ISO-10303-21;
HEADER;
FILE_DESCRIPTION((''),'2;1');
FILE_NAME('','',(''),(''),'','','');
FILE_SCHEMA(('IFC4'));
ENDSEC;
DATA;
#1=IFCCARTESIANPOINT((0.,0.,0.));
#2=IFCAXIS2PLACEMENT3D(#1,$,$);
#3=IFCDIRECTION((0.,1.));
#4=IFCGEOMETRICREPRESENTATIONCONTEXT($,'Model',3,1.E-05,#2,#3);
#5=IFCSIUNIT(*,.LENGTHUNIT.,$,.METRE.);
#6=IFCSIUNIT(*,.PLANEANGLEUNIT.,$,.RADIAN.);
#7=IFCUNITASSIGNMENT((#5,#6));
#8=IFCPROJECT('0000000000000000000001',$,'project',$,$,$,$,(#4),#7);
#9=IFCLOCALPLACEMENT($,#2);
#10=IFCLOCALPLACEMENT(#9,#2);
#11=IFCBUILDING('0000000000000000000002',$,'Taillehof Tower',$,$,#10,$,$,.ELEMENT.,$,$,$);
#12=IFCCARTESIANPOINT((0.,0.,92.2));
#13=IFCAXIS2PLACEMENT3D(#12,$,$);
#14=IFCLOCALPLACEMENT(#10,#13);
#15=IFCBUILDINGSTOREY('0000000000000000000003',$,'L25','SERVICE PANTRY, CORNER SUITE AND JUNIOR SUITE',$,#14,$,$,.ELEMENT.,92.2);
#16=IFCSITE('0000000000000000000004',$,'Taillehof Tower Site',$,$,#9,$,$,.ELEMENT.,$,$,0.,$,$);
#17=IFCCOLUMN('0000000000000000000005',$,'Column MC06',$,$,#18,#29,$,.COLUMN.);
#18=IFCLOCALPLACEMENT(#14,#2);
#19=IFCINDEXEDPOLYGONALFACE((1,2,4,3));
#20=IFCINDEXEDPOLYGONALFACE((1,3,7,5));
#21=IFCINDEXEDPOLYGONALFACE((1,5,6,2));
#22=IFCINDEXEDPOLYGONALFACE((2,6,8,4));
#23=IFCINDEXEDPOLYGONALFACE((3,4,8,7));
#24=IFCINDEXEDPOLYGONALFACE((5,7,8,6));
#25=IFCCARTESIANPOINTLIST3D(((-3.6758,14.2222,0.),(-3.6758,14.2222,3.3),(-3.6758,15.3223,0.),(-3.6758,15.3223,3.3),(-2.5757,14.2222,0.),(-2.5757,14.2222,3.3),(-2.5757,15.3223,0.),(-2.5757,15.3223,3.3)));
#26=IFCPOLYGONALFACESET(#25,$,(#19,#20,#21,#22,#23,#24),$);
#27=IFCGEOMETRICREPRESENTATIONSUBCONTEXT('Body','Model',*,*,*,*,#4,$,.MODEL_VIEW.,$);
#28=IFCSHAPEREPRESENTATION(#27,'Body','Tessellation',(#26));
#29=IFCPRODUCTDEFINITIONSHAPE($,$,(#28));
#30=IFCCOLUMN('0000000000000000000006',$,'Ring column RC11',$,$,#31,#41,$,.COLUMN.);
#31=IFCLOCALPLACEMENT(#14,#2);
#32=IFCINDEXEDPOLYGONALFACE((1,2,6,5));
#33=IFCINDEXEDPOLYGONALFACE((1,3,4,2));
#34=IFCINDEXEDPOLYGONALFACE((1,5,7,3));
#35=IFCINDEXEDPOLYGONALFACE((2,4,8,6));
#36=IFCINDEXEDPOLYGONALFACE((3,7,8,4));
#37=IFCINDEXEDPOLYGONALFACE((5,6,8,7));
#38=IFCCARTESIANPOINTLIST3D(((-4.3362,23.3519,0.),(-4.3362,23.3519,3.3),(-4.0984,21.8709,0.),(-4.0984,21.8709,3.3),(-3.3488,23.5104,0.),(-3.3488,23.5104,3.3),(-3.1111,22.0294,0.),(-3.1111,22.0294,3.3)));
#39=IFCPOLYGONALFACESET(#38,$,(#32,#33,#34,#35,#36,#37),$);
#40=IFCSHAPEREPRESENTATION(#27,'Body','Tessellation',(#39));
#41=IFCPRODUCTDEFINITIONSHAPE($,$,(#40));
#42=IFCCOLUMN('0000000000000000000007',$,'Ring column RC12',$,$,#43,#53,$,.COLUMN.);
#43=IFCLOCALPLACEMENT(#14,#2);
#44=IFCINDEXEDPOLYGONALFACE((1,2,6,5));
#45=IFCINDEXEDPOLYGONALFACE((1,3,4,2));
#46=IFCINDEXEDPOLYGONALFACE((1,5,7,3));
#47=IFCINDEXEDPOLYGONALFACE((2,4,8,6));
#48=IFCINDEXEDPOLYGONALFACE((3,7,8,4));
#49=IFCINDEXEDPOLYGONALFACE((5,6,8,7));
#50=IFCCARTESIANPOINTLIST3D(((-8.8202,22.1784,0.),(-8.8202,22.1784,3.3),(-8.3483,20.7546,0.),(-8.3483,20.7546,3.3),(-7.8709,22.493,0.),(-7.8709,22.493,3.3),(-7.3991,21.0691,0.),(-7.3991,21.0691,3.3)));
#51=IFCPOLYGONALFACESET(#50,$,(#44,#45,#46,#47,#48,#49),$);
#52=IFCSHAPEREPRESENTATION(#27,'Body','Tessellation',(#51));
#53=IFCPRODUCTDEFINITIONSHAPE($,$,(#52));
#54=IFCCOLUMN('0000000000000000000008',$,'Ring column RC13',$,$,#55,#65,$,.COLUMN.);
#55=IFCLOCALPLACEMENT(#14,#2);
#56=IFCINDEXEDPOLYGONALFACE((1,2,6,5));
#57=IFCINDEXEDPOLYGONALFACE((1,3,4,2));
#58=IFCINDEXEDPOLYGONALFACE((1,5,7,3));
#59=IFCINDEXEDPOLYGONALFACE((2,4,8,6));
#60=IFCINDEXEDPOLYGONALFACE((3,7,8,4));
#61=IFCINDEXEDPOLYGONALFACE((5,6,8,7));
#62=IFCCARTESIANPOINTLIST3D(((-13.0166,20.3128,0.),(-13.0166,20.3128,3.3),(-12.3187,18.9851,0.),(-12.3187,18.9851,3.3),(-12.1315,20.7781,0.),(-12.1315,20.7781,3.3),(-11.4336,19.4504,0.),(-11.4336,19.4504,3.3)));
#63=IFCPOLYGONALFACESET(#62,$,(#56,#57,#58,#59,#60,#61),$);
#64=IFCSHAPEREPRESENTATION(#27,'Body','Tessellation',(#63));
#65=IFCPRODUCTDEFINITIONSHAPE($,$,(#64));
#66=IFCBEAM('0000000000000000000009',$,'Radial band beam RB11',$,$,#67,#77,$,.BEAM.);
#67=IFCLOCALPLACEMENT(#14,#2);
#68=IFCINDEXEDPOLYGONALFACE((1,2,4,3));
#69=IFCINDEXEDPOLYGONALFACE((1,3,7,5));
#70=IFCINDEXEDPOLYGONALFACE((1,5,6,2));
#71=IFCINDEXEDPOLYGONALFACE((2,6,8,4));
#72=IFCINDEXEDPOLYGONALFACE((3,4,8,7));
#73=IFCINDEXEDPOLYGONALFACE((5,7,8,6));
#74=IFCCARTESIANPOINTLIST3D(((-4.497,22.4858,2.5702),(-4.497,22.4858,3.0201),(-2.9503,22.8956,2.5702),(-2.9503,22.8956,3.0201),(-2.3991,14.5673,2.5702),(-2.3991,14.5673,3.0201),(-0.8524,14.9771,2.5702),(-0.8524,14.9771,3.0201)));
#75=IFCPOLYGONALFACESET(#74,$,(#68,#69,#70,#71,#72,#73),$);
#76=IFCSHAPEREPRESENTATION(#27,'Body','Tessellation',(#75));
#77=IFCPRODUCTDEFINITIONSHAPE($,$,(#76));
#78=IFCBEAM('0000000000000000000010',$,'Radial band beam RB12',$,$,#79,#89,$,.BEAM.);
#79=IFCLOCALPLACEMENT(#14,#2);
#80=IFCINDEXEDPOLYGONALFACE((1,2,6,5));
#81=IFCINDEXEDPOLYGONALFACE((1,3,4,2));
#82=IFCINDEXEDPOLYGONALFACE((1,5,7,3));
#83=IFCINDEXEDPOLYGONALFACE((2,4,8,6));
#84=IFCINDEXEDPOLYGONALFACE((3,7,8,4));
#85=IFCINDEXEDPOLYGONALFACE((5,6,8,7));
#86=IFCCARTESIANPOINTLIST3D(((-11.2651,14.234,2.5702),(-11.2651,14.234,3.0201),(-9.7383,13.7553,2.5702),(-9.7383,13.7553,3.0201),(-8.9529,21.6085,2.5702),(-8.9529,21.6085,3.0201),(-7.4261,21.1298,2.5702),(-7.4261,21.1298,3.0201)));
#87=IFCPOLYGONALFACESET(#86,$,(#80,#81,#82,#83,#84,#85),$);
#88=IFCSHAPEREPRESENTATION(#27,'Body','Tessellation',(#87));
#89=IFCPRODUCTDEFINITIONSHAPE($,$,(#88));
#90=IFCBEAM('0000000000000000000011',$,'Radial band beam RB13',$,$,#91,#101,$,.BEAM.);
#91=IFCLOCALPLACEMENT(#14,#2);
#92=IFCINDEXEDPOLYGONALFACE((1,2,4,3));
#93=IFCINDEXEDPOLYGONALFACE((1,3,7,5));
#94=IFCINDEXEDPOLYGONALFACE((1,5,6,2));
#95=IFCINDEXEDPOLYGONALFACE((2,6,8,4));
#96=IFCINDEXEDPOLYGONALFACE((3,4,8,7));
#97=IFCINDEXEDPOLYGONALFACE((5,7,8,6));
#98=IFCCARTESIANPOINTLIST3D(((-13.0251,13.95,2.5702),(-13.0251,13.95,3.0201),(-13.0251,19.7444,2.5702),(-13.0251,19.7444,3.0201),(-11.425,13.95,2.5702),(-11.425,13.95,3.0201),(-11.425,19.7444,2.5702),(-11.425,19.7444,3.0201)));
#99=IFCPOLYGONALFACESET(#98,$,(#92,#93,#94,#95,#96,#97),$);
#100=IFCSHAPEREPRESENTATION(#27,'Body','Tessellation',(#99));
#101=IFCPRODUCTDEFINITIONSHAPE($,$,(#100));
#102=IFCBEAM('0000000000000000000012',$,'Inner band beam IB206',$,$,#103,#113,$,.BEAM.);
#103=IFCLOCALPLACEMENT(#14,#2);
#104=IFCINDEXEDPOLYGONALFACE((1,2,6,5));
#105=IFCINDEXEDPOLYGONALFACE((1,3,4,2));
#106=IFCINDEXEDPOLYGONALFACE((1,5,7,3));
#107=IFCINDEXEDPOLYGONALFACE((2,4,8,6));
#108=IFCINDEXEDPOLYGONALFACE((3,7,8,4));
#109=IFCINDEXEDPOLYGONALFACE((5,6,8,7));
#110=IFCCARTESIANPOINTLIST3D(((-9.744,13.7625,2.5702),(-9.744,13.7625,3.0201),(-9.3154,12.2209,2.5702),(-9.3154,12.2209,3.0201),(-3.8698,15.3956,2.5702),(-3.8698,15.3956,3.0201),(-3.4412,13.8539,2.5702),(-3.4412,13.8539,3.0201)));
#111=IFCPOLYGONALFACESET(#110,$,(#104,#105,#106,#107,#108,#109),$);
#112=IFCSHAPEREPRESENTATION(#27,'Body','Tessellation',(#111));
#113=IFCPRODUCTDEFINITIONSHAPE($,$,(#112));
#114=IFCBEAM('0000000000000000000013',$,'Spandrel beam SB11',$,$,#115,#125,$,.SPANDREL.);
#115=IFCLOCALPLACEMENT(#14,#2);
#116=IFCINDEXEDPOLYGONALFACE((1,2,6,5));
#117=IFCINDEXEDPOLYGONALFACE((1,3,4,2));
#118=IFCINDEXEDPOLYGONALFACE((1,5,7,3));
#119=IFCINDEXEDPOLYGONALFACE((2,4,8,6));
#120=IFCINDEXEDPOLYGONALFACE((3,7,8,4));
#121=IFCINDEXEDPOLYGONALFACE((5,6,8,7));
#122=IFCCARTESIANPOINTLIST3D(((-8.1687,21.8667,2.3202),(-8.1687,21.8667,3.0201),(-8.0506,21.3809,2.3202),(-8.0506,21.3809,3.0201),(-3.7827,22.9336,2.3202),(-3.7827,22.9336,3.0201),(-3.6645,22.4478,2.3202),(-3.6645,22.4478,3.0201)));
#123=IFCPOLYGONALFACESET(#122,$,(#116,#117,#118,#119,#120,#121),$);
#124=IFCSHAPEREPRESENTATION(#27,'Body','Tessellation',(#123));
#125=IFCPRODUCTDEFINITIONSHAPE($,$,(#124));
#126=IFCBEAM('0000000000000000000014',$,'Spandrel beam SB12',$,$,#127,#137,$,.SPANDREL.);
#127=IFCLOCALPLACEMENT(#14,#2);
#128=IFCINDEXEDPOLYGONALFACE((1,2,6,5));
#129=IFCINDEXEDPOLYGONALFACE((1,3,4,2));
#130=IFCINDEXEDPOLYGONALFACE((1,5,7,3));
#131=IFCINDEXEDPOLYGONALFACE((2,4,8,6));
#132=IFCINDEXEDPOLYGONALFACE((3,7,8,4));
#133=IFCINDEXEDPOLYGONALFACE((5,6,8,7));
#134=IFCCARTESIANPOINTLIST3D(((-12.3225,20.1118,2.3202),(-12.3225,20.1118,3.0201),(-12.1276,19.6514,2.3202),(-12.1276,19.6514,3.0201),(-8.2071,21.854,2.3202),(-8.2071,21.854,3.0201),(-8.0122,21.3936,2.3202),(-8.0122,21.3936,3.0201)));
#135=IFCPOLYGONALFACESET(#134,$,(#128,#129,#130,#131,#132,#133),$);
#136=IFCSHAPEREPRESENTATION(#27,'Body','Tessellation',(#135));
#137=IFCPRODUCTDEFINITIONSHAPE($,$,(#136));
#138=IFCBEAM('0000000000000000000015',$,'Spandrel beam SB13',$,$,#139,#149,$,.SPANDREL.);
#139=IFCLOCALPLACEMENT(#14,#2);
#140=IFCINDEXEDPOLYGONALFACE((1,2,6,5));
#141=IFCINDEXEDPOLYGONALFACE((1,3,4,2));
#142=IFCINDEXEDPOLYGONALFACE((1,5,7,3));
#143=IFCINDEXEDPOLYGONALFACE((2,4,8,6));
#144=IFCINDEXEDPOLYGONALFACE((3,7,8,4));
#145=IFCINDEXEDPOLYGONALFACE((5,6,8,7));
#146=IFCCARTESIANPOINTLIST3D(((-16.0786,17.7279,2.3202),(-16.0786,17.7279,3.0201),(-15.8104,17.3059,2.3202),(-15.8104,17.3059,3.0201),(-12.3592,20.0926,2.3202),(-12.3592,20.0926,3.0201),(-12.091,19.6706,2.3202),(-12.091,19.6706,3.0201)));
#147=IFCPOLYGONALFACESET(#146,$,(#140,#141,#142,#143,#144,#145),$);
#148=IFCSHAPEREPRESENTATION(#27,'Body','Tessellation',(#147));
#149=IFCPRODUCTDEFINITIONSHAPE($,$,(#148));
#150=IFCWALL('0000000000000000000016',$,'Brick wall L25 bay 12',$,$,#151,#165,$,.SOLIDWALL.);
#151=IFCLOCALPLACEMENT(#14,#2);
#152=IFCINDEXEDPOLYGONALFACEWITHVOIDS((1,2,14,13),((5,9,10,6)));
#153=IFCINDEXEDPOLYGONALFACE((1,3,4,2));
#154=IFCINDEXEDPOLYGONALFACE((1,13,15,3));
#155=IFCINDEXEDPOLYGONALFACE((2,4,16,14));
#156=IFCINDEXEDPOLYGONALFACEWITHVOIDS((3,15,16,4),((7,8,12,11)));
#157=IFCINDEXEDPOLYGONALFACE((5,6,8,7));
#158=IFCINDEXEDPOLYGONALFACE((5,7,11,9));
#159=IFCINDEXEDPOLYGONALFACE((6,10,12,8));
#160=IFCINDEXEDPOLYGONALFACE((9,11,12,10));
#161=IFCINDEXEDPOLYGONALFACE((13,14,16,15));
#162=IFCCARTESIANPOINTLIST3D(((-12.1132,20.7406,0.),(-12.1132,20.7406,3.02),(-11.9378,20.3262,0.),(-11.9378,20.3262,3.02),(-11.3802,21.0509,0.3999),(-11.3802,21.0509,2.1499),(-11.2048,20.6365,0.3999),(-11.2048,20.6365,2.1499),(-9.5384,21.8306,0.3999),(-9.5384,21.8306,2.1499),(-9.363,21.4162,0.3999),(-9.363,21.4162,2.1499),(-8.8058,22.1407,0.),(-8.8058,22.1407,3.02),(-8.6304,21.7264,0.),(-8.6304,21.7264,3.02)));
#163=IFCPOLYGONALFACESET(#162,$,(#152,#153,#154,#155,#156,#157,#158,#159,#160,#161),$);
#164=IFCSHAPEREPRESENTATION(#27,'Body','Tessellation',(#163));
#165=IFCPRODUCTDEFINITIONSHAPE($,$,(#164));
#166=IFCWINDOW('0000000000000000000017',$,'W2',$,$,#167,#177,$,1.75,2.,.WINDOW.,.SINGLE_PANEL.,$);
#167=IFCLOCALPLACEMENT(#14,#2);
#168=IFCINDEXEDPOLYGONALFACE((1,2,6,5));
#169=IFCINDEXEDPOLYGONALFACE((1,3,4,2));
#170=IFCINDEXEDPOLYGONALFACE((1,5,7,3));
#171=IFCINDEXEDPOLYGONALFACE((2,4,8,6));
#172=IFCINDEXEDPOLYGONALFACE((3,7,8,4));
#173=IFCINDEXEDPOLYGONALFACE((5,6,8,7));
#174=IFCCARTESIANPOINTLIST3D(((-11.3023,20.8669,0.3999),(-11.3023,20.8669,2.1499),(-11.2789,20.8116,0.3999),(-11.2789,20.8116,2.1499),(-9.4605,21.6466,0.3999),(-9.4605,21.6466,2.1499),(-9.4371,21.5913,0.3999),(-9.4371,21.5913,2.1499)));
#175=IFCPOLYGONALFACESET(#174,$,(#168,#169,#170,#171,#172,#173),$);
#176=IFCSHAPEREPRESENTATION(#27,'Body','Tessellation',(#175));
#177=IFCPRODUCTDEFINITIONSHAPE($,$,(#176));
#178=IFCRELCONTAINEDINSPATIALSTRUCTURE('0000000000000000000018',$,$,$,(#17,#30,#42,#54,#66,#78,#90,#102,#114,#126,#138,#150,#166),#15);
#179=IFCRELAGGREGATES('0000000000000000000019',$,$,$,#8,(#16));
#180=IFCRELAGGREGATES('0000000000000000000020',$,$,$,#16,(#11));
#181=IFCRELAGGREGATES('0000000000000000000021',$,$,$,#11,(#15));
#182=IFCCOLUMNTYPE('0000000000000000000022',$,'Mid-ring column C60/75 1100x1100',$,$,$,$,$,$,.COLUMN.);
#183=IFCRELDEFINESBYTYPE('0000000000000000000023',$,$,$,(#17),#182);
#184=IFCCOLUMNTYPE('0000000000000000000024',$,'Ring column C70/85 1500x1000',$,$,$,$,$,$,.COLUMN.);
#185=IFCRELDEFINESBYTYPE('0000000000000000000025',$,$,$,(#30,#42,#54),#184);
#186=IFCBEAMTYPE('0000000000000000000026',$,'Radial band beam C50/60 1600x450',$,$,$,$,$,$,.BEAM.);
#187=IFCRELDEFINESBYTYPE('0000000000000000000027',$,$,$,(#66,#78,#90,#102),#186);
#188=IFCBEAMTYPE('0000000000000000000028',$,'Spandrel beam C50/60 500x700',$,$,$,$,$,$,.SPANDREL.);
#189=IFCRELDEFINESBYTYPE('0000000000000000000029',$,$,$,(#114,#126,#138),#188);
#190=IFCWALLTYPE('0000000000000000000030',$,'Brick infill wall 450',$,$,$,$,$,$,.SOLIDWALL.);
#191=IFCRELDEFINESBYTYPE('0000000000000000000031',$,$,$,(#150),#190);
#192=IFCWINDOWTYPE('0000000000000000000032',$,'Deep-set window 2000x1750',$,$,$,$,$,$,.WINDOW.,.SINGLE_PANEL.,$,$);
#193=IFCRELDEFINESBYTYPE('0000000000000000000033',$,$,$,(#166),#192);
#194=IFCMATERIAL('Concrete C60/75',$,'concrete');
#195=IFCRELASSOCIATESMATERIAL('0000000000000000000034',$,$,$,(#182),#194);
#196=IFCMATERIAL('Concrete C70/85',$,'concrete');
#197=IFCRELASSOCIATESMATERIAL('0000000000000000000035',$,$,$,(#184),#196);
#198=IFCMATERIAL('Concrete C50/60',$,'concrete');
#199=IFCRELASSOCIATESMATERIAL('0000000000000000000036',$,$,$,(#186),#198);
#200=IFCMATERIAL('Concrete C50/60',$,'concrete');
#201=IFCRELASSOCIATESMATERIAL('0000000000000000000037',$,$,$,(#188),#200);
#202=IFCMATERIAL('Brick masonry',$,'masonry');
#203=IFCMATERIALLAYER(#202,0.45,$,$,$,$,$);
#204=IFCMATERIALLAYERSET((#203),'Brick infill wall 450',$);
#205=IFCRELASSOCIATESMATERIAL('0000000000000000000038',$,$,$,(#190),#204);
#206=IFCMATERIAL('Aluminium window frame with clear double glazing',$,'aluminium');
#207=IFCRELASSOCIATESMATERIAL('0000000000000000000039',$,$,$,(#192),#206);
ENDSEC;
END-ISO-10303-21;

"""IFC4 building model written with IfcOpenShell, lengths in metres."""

from ifc_helpers import new_model, si_unit, direction, frame, frame_2d, origin, origin_2d, place, context, subcontext, project, spatial, rectangle, extrude, material, layer, layer_set, material_profile, profile_set, type_object, element, fill, save


model = new_model("IFC4")

# Units and contexts
model_context = context("Model", 3, precision=1e-05, world=origin(), true_north=direction((0.0, 1.0)))
body_context = subcontext(model_context, "Body", "Model", "MODEL_VIEW")
ifc_project = project(units=[si_unit("LENGTHUNIT", "METRE"), si_unit("PLANEANGLEUNIT", "RADIAN")], contexts=[model_context])

# Site, building, storey
site_placement = place(None, origin())
site = spatial("IfcSite", under=ifc_project, at=site_placement, Name="Taillehof Tower Site", CompositionType="ELEMENT", RefElevation=0.0)
building_placement = place(site_placement, origin())
building = spatial("IfcBuilding", under=site, at=building_placement, Name="Taillehof Tower", CompositionType="ELEMENT")
storey_placement = place(building_placement, frame((0.0, 0.0, 92.2)))
storey = spatial("IfcBuildingStorey", under=building, at=storey_placement, Name="L25", Description="SERVICE PANTRY, CORNER SUITE AND JUNIOR SUITE", CompositionType="ELEMENT", Elevation=92.2)

# Columns
ifc_material_1 = material(Name="Concrete C60/75", Category="concrete")
ifc_material_profile_1 = material_profile(ifc_material_1, rectangle(XDim=1.1001, YDim=1.1001, at=origin_2d()), Name="RC 1100x1100")
ifc_profile_set_1 = profile_set([ifc_material_profile_1], Name="Concrete C60/75")
column_type_1 = type_object("IfcColumnType", Name="Mid-ring column C60/75 1100x1100", PredefinedType="COLUMN", material=ifc_profile_set_1)
column_placement = place(storey_placement, frame((-3.1257, 14.7722, 0.0), z_axis=(0.0, 0.0, 1.0), x_axis=(1.0, 0.0, 0.0)))
element("IfcColumn", 1, at=column_placement, inside=storey, type_object=column_type_1, Name="Column MC06", PredefinedType="COLUMN", context=body_context, shape_type="SweptSolid", body=[
    extrude(rectangle(XDim=1.1001, YDim=1.1001, at=origin_2d()), origin(), (0.0, 0.0, 1.0), 3.3),
])
ifc_material_2 = material(Name="Concrete C70/85", Category="concrete")
ifc_material_profile_2 = material_profile(ifc_material_2, rectangle(XDim=1.5, YDim=1.0, at=origin_2d()), Name="RC 1500x1000")
ifc_profile_set_2 = profile_set([ifc_material_profile_2], Name="Concrete C70/85")
column_type_2 = type_object("IfcColumnType", Name="Ring column C70/85 1500x1000", PredefinedType="COLUMN", material=ifc_profile_set_2)
for number, where, z_axis, x_axis, name in (
    (2, (-3.7236, 22.6907, 0.0), (0.0, 0.0, 1.0), (-0.158507, 0.987358, 0.0), "Ring column RC11"),
    (3, (-8.1096, 21.6238, 0.0), (0.0, 0.0, 1.0), (-0.314555, 0.949239, 0.0), "Ring column RC12"),
    (4, (-12.2251, 19.8816, 0.0), (0.0, 0.0, 1.0), (-0.465283, 0.885162, 0.0), "Ring column RC13"),
):
    element("IfcColumn", number, at=place(storey_placement, frame(where, z_axis=z_axis, x_axis=x_axis)), inside=storey, type_object=column_type_2, Name=name, PredefinedType="COLUMN", context=body_context, shape_type="SweptSolid", body=[
        extrude(rectangle(XDim=1.5, YDim=1.0, at=origin_2d()), origin(), (0.0, 0.0, 1.0), 3.3),
    ])

# Beams
ifc_material_3 = material(Name="Concrete C50/60", Category="concrete")
ifc_material_profile_3 = material_profile(ifc_material_3, rectangle(XDim=1.6001, YDim=0.45, at=origin_2d()), Name="RC 1600x450")
ifc_profile_set_3 = profile_set([ifc_material_profile_3], Name="Concrete C50/60")
beam_type_1 = type_object("IfcBeamType", Name="Radial band beam C50/60 1600x450", PredefinedType="BEAM", material=ifc_profile_set_3)
beam_1_placement = place(storey_placement, frame((-3.7236, 22.6907, 2.7952), z_axis=(0.256102, -0.96665, 0.0), x_axis=(0.96665, 0.256102, 0.0)))
element("IfcBeam", 5, at=beam_1_placement, inside=storey, type_object=beam_type_1, Name="Radial band beam RB11", PredefinedType="BEAM", context=body_context, shape_type="SweptSolid", body=[
    extrude(rectangle(XDim=1.6001, YDim=0.45, at=origin_2d()), origin(), (0.0, 0.0, 1.0), 8.1917),
])
beam_2_placement = place(storey_placement, frame((-8.1895, 21.3691, 2.7952), z_axis=(-0.299185, -0.954195, 0.0), x_axis=(0.954195, -0.299185, 0.0)))
element("IfcBeam", 6, at=beam_2_placement, inside=storey, type_object=beam_type_1, Name="Radial band beam RB12", PredefinedType="BEAM", context=body_context, shape_type="SweptSolid", body=[
    extrude(rectangle(XDim=1.6001, YDim=0.45, at=origin_2d()), origin(), (0.0, 0.0, 1.0), 7.7285),
])
beam_3_placement = place(storey_placement, frame((-12.2251, 19.7444, 2.7952), z_axis=(0.0, -1.0, 0.0), x_axis=(1.0, 0.0, 0.0)))
element("IfcBeam", 7, at=beam_3_placement, inside=storey, type_object=beam_type_1, Name="Radial band beam RB13", PredefinedType="BEAM", context=body_context, shape_type="SweptSolid", body=[
    extrude(rectangle(XDim=1.6001, YDim=0.45, at=origin_2d()), origin(), (0.0, 0.0, 1.0), 5.7944),
])
beam_4_placement = place(storey_placement, frame((-3.6555, 14.6248, 2.7952), z_axis=(-0.963459, -0.267855, 0.0), x_axis=(0.267855, -0.963459, 0.0)))
element("IfcBeam", 8, at=beam_4_placement, inside=storey, type_object=beam_type_1, Name="Inner band beam IB206", PredefinedType="BEAM", context=body_context, shape_type="SweptSolid", body=[
    extrude(rectangle(XDim=1.6001, YDim=0.45, at=origin_2d()), origin(), (0.0, 0.0, 1.0), 6.0969),
])
ifc_material_4 = material(Name="Concrete C50/60", Category="concrete")
ifc_material_profile_4 = material_profile(ifc_material_4, rectangle(XDim=0.5, YDim=0.7, at=origin_2d()), Name="RC 500x700")
ifc_profile_set_4 = profile_set([ifc_material_profile_4], Name="Concrete C50/60")
beam_type_2 = type_object("IfcBeamType", Name="Spandrel beam C50/60 500x700", PredefinedType="SPANDREL", material=ifc_profile_set_4)
beam_5_placement = place(storey_placement, frame((-3.7236, 22.6907, 2.6702), z_axis=(-0.971666, -0.236358, 0.0), x_axis=(0.236358, -0.971666, 0.0)))
element("IfcBeam", 9, at=beam_5_placement, inside=storey, type_object=beam_type_2, Name="Spandrel beam SB11", PredefinedType="SPANDREL", context=body_context, shape_type="SweptSolid", body=[
    extrude(rectangle(XDim=0.5, YDim=0.7, at=origin_2d()), origin(), (0.0, 0.0, 1.0), 4.5139),
])
beam_6_placement = place(storey_placement, frame((-8.1096, 21.6238, 2.6702), z_axis=(-0.920885, -0.389834, 0.0), x_axis=(0.389834, -0.920885, 0.0)))
element("IfcBeam", 10, at=beam_6_placement, inside=storey, type_object=beam_type_2, Name="Spandrel beam SB12", PredefinedType="SPANDREL", context=body_context, shape_type="SweptSolid", body=[
    extrude(rectangle(XDim=0.5, YDim=0.7, at=origin_2d()), origin(), (0.0, 0.0, 1.0), 4.469),
])
beam_7_placement = place(storey_placement, frame((-12.2251, 19.8816, 2.6702), z_axis=(-0.843887, -0.536521, 0.0), x_axis=(0.536521, -0.843887, 0.0)))
element("IfcBeam", 11, at=beam_7_placement, inside=storey, type_object=beam_type_2, Name="Spandrel beam SB13", PredefinedType="SPANDREL", context=body_context, shape_type="SweptSolid", body=[
    extrude(rectangle(XDim=0.5, YDim=0.7, at=origin_2d()), origin(), (0.0, 0.0, 1.0), 4.4075),
])

# Wall, opening, window
ifc_material_5 = material(Name="Brick masonry", Category="masonry")
ifc_layer_1 = layer(ifc_material_5, 0.45)
ifc_layer_set_1 = layer_set([ifc_layer_1], Name="Brick infill wall 450")
wall_type_1 = type_object("IfcWallType", Name="Brick infill wall 450", PredefinedType="SOLIDWALL", material=ifc_layer_set_1)
wall_1_placement = place(storey_placement, frame((-8.718, 21.9336, 0.0), z_axis=(0.0, 0.0, 1.0), x_axis=(-0.92088, -0.389846, 0.0)))
wall_1 = element("IfcWall", 12, at=wall_1_placement, inside=storey, type_object=wall_type_1, Name="Brick wall L25 bay 12", PredefinedType="SOLIDWALL", context=body_context, shape_type="SweptSolid", body=[
    extrude(rectangle(XDim=3.5916, YDim=0.45, at=frame_2d((1.7959, 0.0))), origin(), (0.0, 0.0, 1.0), 3.02),
])
opening_1_placement = place(wall_1_placement, frame((0.7957, 0.0, 0.3999)))
opening_1 = element("IfcOpeningElement", 13, at=opening_1_placement, cuts=wall_1, PredefinedType="OPENING", context=body_context, shape_type="SweptSolid", body=[
    extrude(rectangle(XDim=2.0, YDim=1.75, at=frame_2d((1.0, 0.875))), frame((0.0, 0.2349, 0.0), z_axis=(0.0, -1.0, 0.0), x_axis=(1.0, 0.0, 0.0)), (0.0, 0.0, 1.0), 0.47),
])
ifc_material_6 = material(Name="Aluminium window frame with clear double glazing", Category="aluminium")
window_type_1 = type_object("IfcWindowType", Name="Deep-set window 2000x1750", PartitioningType="SINGLE_PANEL", PredefinedType="WINDOW", material=ifc_material_6)
window_1_placement = place(opening_1_placement, origin())
window_1 = element("IfcWindow", 14, at=window_1_placement, inside=storey, type_object=window_type_1, Name="W2", OverallHeight=1.75, OverallWidth=2.0, PartitioningType="SINGLE_PANEL", PredefinedType="WINDOW", context=body_context, shape_type="SweptSolid", body=[
    extrude(rectangle(XDim=2.0, YDim=1.75, at=frame_2d((1.0, 0.875))), frame((0.0, 0.0349, 0.0), z_axis=(0.0, -1.0, 0.0), x_axis=(1.0, 0.0, 0.0)), (0.0, 0.0, 1.0), 0.0601),
])
fill(opening_1, window_1)

save(model, "model.ifc")
